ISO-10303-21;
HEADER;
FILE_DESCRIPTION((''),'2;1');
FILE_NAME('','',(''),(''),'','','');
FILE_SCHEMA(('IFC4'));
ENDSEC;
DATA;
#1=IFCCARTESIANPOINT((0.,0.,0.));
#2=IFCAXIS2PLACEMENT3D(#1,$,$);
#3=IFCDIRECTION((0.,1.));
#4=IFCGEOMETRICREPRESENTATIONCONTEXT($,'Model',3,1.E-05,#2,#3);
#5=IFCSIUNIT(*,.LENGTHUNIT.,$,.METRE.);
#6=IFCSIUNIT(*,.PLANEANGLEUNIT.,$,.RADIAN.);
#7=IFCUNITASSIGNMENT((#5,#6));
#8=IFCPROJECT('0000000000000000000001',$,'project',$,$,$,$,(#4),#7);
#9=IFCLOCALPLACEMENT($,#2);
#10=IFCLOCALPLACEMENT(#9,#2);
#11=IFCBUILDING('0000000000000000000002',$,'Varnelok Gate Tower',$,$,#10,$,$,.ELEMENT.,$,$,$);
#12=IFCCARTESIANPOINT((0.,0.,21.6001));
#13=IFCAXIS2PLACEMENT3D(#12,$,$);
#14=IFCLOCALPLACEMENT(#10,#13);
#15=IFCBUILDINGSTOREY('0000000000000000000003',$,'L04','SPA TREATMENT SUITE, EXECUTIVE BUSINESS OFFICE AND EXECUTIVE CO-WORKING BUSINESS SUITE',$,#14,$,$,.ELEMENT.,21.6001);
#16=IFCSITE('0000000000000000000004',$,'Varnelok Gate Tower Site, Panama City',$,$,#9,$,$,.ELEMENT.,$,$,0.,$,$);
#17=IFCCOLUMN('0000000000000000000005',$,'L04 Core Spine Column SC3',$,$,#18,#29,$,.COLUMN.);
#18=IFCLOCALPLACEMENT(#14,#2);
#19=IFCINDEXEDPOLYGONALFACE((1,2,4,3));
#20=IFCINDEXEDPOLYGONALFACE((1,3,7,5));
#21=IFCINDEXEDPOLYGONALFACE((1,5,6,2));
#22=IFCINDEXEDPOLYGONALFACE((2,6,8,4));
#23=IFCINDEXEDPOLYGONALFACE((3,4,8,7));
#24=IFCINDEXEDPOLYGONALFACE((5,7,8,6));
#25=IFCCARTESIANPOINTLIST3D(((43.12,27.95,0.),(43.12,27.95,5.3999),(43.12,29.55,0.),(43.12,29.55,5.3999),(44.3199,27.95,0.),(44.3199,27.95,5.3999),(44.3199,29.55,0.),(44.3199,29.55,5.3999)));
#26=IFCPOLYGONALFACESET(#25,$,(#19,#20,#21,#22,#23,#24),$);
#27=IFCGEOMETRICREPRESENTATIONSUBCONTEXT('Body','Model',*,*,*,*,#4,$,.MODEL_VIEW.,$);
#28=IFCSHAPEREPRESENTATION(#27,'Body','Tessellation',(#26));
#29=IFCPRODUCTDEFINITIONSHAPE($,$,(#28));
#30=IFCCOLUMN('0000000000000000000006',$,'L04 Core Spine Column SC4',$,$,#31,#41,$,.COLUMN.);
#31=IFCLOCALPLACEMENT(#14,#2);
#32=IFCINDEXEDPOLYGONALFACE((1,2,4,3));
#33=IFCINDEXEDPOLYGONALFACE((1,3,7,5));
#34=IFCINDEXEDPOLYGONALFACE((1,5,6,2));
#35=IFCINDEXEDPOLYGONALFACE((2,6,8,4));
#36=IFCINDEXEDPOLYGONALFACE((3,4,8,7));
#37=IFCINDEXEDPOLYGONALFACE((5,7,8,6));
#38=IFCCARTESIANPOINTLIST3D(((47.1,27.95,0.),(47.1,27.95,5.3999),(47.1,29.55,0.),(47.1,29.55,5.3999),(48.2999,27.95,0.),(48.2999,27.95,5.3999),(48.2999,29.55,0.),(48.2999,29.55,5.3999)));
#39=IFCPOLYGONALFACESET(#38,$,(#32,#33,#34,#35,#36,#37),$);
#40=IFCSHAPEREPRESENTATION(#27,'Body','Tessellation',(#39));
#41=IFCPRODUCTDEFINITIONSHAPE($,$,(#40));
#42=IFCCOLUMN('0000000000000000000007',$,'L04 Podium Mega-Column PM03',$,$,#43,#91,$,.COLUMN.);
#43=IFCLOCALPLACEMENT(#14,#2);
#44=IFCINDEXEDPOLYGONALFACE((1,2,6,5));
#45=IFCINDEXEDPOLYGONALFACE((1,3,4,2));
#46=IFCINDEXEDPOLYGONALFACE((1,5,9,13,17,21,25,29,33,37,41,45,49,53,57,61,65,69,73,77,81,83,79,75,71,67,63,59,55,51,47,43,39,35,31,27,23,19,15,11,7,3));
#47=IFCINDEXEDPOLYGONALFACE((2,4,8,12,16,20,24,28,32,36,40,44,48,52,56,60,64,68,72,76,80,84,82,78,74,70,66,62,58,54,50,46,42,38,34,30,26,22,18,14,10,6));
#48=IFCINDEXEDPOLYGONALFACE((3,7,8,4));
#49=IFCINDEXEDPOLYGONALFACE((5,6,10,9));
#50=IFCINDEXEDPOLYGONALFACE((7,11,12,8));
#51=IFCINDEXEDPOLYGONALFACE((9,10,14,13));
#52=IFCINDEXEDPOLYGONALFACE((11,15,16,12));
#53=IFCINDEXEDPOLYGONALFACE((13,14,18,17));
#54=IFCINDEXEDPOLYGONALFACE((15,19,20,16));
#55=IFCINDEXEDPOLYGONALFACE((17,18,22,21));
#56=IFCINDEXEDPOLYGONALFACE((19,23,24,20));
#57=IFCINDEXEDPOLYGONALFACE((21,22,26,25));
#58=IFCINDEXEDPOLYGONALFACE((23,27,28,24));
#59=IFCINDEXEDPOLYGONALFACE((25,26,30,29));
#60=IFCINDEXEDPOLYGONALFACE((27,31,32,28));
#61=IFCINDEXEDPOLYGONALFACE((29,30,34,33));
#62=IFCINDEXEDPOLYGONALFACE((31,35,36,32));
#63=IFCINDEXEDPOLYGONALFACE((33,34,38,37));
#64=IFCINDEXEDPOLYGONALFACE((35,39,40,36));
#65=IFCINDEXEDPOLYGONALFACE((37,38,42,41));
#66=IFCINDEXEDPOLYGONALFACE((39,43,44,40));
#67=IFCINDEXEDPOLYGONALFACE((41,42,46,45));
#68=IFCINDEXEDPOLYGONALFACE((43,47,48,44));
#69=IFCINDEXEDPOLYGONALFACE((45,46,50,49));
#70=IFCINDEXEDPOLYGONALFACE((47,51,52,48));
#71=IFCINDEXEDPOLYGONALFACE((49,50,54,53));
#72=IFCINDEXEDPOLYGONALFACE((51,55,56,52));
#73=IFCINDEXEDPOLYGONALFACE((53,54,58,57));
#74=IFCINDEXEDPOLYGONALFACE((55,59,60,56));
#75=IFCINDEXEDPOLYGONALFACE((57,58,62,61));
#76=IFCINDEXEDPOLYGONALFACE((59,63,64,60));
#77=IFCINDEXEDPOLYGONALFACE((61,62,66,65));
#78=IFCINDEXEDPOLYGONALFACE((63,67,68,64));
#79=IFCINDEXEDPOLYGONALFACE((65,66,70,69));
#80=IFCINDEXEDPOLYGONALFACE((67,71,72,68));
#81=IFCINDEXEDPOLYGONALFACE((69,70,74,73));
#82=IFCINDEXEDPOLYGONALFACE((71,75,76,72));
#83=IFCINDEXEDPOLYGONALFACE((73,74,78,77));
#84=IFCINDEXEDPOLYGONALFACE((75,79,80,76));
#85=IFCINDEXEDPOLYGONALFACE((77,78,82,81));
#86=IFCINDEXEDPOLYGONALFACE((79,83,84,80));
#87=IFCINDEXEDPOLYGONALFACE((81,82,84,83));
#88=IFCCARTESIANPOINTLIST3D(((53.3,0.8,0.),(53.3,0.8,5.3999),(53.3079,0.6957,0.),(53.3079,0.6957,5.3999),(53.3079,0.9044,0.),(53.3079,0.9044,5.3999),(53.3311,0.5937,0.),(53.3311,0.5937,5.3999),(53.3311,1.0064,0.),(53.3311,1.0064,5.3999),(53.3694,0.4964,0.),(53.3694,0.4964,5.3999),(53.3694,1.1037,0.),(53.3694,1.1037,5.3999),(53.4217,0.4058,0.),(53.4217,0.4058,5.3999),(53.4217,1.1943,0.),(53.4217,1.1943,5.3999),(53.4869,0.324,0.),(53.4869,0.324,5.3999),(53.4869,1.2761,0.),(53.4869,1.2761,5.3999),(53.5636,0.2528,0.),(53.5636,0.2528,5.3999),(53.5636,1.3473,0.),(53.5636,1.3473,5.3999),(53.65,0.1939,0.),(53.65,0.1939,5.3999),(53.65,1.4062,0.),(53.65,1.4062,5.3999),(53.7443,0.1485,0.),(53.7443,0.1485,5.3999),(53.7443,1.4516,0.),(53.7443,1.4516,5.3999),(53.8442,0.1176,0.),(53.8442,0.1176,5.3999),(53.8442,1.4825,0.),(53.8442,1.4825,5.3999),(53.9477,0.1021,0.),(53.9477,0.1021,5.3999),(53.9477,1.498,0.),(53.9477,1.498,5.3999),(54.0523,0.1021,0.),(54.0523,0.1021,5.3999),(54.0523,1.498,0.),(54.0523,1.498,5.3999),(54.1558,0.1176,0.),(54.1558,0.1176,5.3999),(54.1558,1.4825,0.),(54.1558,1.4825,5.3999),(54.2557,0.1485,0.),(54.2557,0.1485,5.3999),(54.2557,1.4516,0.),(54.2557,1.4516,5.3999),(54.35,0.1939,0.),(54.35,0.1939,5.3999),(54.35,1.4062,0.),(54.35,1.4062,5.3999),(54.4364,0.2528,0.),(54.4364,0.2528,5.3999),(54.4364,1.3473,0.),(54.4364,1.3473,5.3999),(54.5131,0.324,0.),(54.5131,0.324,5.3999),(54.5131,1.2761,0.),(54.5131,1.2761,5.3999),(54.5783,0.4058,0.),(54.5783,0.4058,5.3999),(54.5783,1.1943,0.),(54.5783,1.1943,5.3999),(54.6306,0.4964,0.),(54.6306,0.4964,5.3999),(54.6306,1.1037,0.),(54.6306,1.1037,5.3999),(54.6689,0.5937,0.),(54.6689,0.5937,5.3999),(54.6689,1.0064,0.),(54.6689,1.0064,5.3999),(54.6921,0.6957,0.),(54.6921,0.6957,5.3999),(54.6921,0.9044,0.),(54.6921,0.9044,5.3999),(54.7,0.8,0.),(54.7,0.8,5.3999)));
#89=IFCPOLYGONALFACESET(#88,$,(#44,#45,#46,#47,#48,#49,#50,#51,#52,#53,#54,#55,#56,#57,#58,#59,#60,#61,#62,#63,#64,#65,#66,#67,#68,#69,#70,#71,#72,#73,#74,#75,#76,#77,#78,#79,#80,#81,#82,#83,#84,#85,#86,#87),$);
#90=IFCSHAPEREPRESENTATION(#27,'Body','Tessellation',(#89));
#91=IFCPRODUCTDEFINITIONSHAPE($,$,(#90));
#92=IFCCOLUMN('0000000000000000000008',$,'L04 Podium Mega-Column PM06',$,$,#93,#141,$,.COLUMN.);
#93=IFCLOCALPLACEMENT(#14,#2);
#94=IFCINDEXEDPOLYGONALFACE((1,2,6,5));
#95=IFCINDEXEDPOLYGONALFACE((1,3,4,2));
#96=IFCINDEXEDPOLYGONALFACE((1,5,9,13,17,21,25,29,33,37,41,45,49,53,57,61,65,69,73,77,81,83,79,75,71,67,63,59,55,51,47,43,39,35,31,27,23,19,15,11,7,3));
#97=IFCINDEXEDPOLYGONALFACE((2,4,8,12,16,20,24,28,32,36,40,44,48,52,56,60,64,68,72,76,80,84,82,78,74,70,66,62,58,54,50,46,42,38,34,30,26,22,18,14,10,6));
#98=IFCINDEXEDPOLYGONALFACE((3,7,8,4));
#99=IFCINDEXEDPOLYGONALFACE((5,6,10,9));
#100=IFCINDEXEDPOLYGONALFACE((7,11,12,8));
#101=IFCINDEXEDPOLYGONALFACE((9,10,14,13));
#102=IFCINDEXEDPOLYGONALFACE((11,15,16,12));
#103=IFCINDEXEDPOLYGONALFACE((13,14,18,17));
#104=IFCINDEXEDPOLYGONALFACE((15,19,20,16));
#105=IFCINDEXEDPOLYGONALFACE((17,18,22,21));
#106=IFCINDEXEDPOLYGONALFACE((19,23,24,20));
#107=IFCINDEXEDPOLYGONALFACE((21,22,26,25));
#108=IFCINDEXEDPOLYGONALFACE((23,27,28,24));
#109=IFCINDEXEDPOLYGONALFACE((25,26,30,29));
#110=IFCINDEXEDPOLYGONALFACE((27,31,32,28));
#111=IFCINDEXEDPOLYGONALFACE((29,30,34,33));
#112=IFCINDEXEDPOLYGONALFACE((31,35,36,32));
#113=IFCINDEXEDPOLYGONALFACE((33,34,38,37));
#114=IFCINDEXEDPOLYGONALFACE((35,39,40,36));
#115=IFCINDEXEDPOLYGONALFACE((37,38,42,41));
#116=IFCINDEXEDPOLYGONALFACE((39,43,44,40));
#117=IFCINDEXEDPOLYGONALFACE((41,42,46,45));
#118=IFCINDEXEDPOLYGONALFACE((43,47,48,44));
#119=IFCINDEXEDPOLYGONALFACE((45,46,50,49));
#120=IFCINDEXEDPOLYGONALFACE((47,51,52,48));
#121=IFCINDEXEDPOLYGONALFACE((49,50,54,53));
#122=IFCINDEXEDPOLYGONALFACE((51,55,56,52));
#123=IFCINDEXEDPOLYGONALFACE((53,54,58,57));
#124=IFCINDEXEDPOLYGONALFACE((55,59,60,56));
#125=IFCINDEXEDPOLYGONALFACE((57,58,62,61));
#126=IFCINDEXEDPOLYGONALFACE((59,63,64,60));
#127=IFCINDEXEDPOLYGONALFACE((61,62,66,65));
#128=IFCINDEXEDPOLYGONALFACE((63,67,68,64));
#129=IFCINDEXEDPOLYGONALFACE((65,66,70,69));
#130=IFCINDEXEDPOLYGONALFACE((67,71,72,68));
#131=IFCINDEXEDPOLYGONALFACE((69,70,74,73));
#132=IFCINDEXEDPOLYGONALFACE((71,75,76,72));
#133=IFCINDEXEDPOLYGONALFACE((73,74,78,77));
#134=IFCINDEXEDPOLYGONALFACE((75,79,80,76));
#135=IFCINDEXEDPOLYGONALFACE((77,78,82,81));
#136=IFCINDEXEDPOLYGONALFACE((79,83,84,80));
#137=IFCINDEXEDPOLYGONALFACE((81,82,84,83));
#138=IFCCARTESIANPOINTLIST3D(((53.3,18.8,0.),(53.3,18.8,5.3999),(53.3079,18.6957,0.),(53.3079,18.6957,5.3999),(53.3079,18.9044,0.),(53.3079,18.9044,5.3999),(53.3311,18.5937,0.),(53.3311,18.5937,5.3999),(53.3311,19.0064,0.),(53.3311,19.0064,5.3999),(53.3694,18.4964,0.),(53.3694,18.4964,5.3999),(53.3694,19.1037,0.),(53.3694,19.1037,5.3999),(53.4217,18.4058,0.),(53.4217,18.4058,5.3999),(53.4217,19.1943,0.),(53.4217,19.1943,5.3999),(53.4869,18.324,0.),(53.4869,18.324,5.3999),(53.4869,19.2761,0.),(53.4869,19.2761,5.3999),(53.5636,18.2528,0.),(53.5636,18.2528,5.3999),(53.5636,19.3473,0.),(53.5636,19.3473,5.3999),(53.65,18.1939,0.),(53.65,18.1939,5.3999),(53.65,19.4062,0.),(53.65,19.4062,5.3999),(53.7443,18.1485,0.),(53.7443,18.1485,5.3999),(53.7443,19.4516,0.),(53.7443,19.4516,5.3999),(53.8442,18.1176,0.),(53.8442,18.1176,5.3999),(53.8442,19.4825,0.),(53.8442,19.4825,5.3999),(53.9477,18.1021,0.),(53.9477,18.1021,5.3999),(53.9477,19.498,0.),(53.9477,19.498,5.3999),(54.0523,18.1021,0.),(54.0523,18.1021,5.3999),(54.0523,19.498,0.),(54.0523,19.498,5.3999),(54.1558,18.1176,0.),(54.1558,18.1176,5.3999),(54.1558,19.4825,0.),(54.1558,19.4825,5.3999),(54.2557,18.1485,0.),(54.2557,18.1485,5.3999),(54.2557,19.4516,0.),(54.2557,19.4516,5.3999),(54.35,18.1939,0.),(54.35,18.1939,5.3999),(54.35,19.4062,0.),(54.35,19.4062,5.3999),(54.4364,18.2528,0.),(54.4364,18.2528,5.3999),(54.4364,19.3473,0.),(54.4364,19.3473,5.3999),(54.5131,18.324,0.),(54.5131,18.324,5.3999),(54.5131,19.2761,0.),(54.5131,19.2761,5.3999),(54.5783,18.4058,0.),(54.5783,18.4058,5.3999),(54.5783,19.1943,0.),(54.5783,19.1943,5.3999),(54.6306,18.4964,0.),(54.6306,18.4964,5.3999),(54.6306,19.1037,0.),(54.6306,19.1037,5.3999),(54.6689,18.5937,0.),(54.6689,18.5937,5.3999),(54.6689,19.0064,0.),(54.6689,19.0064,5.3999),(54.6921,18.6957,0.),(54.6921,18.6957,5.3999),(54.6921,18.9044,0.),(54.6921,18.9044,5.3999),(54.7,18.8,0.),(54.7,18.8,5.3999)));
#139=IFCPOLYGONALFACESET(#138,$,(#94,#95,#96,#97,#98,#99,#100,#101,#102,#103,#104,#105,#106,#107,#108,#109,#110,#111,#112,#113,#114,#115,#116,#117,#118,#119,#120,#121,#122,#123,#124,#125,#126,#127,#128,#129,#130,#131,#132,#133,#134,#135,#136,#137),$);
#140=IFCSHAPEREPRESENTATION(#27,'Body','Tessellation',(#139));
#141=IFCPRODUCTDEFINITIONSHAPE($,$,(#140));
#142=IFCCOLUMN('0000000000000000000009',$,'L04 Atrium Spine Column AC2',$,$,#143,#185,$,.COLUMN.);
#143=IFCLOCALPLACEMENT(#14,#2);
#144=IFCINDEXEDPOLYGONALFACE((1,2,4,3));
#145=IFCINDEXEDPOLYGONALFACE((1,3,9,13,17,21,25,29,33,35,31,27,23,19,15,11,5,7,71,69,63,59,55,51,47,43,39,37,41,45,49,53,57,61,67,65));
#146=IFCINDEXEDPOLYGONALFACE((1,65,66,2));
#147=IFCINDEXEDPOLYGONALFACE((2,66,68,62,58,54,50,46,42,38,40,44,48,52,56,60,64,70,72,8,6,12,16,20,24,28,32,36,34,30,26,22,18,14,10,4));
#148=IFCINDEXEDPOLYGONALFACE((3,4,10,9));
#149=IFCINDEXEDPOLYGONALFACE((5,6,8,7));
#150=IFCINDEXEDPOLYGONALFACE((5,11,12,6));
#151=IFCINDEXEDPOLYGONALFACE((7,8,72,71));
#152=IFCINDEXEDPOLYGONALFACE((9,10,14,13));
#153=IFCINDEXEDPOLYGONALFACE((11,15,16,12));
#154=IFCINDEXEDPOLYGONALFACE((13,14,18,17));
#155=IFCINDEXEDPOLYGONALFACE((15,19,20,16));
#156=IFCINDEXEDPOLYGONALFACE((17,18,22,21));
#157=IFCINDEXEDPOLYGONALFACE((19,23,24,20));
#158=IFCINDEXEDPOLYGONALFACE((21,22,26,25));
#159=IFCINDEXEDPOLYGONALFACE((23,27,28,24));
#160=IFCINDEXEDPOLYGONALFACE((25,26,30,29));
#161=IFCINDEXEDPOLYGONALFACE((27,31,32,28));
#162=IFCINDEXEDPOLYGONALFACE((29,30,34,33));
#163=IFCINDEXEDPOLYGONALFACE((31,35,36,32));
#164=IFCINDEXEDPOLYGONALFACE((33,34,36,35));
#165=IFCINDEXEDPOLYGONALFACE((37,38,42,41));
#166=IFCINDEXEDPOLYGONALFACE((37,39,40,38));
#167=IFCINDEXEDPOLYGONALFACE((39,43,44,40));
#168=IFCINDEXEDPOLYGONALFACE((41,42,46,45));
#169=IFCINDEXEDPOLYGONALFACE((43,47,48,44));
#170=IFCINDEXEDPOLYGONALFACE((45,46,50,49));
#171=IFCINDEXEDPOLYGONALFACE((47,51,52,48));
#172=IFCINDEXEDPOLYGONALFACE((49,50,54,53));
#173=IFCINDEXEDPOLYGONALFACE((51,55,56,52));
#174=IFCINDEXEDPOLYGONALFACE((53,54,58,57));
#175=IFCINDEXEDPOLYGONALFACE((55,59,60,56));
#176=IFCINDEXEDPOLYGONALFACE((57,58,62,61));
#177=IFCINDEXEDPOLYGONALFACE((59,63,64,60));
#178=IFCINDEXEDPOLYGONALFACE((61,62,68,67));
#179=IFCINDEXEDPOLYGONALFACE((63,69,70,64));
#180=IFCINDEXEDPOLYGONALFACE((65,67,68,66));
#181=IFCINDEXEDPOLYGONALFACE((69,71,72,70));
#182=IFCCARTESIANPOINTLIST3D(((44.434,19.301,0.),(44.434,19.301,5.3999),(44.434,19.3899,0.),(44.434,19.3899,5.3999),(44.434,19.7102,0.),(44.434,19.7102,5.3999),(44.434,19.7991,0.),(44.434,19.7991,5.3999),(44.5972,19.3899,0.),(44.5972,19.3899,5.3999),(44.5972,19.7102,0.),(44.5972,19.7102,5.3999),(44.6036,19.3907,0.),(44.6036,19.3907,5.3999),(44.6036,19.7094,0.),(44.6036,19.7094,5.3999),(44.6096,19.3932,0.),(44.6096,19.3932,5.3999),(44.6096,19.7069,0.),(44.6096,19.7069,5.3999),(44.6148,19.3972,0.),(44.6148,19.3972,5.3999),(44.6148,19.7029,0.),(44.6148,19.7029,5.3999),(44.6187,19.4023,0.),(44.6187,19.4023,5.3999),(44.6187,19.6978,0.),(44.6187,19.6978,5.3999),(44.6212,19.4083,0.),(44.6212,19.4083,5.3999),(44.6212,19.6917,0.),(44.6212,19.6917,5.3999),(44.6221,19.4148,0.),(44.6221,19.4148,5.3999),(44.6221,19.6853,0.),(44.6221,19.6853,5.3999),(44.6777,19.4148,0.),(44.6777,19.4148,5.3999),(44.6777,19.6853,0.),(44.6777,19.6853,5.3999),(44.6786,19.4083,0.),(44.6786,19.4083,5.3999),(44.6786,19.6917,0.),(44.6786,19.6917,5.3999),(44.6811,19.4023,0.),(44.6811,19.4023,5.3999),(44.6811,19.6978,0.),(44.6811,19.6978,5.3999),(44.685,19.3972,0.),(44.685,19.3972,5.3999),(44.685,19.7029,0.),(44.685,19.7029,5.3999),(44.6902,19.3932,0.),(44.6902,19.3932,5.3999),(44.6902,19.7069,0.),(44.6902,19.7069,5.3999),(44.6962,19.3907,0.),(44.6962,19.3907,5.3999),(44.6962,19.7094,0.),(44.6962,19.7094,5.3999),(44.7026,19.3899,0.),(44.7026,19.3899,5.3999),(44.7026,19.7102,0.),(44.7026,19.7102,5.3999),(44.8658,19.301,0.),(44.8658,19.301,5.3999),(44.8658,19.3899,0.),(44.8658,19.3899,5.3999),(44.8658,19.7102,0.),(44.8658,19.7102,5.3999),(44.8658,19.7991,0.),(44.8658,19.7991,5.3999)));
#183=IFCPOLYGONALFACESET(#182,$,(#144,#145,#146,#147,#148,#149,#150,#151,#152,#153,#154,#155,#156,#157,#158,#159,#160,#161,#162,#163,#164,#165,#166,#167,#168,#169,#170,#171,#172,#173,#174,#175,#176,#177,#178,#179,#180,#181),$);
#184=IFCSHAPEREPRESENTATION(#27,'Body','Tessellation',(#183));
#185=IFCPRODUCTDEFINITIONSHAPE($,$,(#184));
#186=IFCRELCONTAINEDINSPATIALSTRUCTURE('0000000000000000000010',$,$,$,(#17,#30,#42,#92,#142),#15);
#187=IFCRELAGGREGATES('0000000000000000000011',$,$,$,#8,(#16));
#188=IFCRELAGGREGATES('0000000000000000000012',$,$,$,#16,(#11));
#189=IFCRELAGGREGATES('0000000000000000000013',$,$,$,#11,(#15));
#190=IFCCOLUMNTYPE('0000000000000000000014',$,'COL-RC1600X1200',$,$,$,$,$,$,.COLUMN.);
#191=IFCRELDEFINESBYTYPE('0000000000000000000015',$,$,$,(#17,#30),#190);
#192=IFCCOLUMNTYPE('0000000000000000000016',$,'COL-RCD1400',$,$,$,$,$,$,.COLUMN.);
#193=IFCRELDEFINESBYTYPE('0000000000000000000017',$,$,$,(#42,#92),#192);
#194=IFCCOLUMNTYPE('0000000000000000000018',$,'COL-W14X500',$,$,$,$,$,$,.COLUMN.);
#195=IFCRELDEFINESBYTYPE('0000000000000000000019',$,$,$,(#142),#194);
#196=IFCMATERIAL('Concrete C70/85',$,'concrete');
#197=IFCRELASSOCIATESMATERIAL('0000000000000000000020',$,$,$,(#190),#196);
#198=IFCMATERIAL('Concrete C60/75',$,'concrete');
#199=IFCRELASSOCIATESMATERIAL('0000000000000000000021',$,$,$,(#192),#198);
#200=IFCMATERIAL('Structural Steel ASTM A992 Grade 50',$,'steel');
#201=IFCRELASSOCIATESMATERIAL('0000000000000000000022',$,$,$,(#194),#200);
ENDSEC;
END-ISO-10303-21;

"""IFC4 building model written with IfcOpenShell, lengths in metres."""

from ifc_helpers import new_model, si_unit, direction, frame, origin, origin_2d, place, context, subcontext, project, spatial, rectangle, circle, i_section, extrude, material, material_profile, profile_set, type_object, element, save


model = new_model("IFC4")

# Units and contexts
model_context = context("Model", 3, precision=1e-05, world=origin(), true_north=direction((0.0, 1.0)))
body_context = subcontext(model_context, "Body", "Model", "MODEL_VIEW")
ifc_project = project(units=[si_unit("LENGTHUNIT", "METRE"), si_unit("PLANEANGLEUNIT", "RADIAN")], contexts=[model_context])

# Site, building, storey
site_placement = place(None, origin())
site = spatial("IfcSite", under=ifc_project, at=site_placement, Name="Varnelok Gate Tower Site, Panama City", CompositionType="ELEMENT", RefElevation=0.0)
building_placement = place(site_placement, origin())
building = spatial("IfcBuilding", under=site, at=building_placement, Name="Varnelok Gate Tower", CompositionType="ELEMENT")
storey_placement = place(building_placement, frame((0.0, 0.0, 21.6001)))
storey = spatial("IfcBuildingStorey", under=building, at=storey_placement, Name="L04", Description="SPA TREATMENT SUITE, EXECUTIVE BUSINESS OFFICE AND EXECUTIVE CO-WORKING BUSINESS SUITE", CompositionType="ELEMENT", Elevation=21.6001)

# Columns
ifc_material_1 = material(Name="Concrete C70/85", Category="concrete")
ifc_material_profile_1 = material_profile(ifc_material_1, rectangle(XDim=1.2, YDim=1.6001, at=origin_2d()), Name="RC1600X1200")
ifc_profile_set_1 = profile_set([ifc_material_profile_1], Name="Concrete C70/85")
column_type_1 = type_object("IfcColumnType", Name="COL-RC1600X1200", PredefinedType="COLUMN", material=ifc_profile_set_1)
for number, where, z_axis, x_axis, name in (
    (1, (43.72, 28.75, 0.0), (0.0, 0.0, 1.0), (1.0, 0.0, 0.0), "L04 Core Spine Column SC3"),
    (2, (47.7, 28.75, 0.0), (0.0, 0.0, 1.0), (1.0, 0.0, 0.0), "L04 Core Spine Column SC4"),
):
    element("IfcColumn", number, at=place(storey_placement, frame(where, z_axis=z_axis, x_axis=x_axis)), inside=storey, type_object=column_type_1, Name=name, PredefinedType="COLUMN", context=body_context, shape_type="SweptSolid", body=[
        extrude(rectangle(XDim=1.2, YDim=1.6001, at=origin_2d()), origin(), (0.0, 0.0, 1.0), 5.3999),
    ])
ifc_material_2 = material(Name="Concrete C60/75", Category="concrete")
ifc_material_profile_2 = material_profile(ifc_material_2, circle(Radius=0.7, at=origin_2d()), Name="RCD1400")
ifc_profile_set_2 = profile_set([ifc_material_profile_2], Name="Concrete C60/75")
column_type_2 = type_object("IfcColumnType", Name="COL-RCD1400", PredefinedType="COLUMN", material=ifc_profile_set_2)
for number, where, z_axis, x_axis, name in (
    (3, (54.0, 0.8, 0.0), (0.0, 0.0, 1.0), (1.0, 0.0, 0.0), "L04 Podium Mega-Column PM03"),
    (4, (54.0, 18.8, 0.0), (0.0, 0.0, 1.0), (1.0, 0.0, 0.0), "L04 Podium Mega-Column PM06"),
):
    element("IfcColumn", number, at=place(storey_placement, frame(where, z_axis=z_axis, x_axis=x_axis)), inside=storey, type_object=column_type_2, Name=name, PredefinedType="COLUMN", context=body_context, shape_type="SweptSolid", body=[
        extrude(circle(Radius=0.7, at=origin_2d()), origin(), (0.0, 0.0, 1.0), 5.3999),
    ])
ifc_material_3 = material(Name="Structural Steel ASTM A992 Grade 50", Category="steel")
ifc_material_profile_3 = material_profile(ifc_material_3, i_section(OverallWidth=0.4319, OverallDepth=0.498, WebThickness=0.0557, FlangeThickness=0.0889, FilletRadius=0.0249, at=origin_2d()), Name="W14X500")
ifc_profile_set_3 = profile_set([ifc_material_profile_3], Name="Structural Steel ASTM A992 Grade 50")
column_type_3 = type_object("IfcColumnType", Name="COL-W14X500", PredefinedType="COLUMN", material=ifc_profile_set_3)
for number, where, z_axis, x_axis, name in (
    (5, (44.6499, 19.55, 0.0), (0.0, 0.0, 1.0), (1.0, 0.0, 0.0), "L04 Atrium Spine Column AC2"),
):
    element("IfcColumn", number, at=place(storey_placement, frame(where, z_axis=z_axis, x_axis=x_axis)), inside=storey, type_object=column_type_3, Name=name, PredefinedType="COLUMN", context=body_context, shape_type="SweptSolid", body=[
        extrude(i_section(OverallWidth=0.4319, OverallDepth=0.498, WebThickness=0.0557, FlangeThickness=0.0889, FilletRadius=0.0249, at=origin_2d()), origin(), (0.0, 0.0, 1.0), 5.3999),
    ])

save(model, "model.ifc")
